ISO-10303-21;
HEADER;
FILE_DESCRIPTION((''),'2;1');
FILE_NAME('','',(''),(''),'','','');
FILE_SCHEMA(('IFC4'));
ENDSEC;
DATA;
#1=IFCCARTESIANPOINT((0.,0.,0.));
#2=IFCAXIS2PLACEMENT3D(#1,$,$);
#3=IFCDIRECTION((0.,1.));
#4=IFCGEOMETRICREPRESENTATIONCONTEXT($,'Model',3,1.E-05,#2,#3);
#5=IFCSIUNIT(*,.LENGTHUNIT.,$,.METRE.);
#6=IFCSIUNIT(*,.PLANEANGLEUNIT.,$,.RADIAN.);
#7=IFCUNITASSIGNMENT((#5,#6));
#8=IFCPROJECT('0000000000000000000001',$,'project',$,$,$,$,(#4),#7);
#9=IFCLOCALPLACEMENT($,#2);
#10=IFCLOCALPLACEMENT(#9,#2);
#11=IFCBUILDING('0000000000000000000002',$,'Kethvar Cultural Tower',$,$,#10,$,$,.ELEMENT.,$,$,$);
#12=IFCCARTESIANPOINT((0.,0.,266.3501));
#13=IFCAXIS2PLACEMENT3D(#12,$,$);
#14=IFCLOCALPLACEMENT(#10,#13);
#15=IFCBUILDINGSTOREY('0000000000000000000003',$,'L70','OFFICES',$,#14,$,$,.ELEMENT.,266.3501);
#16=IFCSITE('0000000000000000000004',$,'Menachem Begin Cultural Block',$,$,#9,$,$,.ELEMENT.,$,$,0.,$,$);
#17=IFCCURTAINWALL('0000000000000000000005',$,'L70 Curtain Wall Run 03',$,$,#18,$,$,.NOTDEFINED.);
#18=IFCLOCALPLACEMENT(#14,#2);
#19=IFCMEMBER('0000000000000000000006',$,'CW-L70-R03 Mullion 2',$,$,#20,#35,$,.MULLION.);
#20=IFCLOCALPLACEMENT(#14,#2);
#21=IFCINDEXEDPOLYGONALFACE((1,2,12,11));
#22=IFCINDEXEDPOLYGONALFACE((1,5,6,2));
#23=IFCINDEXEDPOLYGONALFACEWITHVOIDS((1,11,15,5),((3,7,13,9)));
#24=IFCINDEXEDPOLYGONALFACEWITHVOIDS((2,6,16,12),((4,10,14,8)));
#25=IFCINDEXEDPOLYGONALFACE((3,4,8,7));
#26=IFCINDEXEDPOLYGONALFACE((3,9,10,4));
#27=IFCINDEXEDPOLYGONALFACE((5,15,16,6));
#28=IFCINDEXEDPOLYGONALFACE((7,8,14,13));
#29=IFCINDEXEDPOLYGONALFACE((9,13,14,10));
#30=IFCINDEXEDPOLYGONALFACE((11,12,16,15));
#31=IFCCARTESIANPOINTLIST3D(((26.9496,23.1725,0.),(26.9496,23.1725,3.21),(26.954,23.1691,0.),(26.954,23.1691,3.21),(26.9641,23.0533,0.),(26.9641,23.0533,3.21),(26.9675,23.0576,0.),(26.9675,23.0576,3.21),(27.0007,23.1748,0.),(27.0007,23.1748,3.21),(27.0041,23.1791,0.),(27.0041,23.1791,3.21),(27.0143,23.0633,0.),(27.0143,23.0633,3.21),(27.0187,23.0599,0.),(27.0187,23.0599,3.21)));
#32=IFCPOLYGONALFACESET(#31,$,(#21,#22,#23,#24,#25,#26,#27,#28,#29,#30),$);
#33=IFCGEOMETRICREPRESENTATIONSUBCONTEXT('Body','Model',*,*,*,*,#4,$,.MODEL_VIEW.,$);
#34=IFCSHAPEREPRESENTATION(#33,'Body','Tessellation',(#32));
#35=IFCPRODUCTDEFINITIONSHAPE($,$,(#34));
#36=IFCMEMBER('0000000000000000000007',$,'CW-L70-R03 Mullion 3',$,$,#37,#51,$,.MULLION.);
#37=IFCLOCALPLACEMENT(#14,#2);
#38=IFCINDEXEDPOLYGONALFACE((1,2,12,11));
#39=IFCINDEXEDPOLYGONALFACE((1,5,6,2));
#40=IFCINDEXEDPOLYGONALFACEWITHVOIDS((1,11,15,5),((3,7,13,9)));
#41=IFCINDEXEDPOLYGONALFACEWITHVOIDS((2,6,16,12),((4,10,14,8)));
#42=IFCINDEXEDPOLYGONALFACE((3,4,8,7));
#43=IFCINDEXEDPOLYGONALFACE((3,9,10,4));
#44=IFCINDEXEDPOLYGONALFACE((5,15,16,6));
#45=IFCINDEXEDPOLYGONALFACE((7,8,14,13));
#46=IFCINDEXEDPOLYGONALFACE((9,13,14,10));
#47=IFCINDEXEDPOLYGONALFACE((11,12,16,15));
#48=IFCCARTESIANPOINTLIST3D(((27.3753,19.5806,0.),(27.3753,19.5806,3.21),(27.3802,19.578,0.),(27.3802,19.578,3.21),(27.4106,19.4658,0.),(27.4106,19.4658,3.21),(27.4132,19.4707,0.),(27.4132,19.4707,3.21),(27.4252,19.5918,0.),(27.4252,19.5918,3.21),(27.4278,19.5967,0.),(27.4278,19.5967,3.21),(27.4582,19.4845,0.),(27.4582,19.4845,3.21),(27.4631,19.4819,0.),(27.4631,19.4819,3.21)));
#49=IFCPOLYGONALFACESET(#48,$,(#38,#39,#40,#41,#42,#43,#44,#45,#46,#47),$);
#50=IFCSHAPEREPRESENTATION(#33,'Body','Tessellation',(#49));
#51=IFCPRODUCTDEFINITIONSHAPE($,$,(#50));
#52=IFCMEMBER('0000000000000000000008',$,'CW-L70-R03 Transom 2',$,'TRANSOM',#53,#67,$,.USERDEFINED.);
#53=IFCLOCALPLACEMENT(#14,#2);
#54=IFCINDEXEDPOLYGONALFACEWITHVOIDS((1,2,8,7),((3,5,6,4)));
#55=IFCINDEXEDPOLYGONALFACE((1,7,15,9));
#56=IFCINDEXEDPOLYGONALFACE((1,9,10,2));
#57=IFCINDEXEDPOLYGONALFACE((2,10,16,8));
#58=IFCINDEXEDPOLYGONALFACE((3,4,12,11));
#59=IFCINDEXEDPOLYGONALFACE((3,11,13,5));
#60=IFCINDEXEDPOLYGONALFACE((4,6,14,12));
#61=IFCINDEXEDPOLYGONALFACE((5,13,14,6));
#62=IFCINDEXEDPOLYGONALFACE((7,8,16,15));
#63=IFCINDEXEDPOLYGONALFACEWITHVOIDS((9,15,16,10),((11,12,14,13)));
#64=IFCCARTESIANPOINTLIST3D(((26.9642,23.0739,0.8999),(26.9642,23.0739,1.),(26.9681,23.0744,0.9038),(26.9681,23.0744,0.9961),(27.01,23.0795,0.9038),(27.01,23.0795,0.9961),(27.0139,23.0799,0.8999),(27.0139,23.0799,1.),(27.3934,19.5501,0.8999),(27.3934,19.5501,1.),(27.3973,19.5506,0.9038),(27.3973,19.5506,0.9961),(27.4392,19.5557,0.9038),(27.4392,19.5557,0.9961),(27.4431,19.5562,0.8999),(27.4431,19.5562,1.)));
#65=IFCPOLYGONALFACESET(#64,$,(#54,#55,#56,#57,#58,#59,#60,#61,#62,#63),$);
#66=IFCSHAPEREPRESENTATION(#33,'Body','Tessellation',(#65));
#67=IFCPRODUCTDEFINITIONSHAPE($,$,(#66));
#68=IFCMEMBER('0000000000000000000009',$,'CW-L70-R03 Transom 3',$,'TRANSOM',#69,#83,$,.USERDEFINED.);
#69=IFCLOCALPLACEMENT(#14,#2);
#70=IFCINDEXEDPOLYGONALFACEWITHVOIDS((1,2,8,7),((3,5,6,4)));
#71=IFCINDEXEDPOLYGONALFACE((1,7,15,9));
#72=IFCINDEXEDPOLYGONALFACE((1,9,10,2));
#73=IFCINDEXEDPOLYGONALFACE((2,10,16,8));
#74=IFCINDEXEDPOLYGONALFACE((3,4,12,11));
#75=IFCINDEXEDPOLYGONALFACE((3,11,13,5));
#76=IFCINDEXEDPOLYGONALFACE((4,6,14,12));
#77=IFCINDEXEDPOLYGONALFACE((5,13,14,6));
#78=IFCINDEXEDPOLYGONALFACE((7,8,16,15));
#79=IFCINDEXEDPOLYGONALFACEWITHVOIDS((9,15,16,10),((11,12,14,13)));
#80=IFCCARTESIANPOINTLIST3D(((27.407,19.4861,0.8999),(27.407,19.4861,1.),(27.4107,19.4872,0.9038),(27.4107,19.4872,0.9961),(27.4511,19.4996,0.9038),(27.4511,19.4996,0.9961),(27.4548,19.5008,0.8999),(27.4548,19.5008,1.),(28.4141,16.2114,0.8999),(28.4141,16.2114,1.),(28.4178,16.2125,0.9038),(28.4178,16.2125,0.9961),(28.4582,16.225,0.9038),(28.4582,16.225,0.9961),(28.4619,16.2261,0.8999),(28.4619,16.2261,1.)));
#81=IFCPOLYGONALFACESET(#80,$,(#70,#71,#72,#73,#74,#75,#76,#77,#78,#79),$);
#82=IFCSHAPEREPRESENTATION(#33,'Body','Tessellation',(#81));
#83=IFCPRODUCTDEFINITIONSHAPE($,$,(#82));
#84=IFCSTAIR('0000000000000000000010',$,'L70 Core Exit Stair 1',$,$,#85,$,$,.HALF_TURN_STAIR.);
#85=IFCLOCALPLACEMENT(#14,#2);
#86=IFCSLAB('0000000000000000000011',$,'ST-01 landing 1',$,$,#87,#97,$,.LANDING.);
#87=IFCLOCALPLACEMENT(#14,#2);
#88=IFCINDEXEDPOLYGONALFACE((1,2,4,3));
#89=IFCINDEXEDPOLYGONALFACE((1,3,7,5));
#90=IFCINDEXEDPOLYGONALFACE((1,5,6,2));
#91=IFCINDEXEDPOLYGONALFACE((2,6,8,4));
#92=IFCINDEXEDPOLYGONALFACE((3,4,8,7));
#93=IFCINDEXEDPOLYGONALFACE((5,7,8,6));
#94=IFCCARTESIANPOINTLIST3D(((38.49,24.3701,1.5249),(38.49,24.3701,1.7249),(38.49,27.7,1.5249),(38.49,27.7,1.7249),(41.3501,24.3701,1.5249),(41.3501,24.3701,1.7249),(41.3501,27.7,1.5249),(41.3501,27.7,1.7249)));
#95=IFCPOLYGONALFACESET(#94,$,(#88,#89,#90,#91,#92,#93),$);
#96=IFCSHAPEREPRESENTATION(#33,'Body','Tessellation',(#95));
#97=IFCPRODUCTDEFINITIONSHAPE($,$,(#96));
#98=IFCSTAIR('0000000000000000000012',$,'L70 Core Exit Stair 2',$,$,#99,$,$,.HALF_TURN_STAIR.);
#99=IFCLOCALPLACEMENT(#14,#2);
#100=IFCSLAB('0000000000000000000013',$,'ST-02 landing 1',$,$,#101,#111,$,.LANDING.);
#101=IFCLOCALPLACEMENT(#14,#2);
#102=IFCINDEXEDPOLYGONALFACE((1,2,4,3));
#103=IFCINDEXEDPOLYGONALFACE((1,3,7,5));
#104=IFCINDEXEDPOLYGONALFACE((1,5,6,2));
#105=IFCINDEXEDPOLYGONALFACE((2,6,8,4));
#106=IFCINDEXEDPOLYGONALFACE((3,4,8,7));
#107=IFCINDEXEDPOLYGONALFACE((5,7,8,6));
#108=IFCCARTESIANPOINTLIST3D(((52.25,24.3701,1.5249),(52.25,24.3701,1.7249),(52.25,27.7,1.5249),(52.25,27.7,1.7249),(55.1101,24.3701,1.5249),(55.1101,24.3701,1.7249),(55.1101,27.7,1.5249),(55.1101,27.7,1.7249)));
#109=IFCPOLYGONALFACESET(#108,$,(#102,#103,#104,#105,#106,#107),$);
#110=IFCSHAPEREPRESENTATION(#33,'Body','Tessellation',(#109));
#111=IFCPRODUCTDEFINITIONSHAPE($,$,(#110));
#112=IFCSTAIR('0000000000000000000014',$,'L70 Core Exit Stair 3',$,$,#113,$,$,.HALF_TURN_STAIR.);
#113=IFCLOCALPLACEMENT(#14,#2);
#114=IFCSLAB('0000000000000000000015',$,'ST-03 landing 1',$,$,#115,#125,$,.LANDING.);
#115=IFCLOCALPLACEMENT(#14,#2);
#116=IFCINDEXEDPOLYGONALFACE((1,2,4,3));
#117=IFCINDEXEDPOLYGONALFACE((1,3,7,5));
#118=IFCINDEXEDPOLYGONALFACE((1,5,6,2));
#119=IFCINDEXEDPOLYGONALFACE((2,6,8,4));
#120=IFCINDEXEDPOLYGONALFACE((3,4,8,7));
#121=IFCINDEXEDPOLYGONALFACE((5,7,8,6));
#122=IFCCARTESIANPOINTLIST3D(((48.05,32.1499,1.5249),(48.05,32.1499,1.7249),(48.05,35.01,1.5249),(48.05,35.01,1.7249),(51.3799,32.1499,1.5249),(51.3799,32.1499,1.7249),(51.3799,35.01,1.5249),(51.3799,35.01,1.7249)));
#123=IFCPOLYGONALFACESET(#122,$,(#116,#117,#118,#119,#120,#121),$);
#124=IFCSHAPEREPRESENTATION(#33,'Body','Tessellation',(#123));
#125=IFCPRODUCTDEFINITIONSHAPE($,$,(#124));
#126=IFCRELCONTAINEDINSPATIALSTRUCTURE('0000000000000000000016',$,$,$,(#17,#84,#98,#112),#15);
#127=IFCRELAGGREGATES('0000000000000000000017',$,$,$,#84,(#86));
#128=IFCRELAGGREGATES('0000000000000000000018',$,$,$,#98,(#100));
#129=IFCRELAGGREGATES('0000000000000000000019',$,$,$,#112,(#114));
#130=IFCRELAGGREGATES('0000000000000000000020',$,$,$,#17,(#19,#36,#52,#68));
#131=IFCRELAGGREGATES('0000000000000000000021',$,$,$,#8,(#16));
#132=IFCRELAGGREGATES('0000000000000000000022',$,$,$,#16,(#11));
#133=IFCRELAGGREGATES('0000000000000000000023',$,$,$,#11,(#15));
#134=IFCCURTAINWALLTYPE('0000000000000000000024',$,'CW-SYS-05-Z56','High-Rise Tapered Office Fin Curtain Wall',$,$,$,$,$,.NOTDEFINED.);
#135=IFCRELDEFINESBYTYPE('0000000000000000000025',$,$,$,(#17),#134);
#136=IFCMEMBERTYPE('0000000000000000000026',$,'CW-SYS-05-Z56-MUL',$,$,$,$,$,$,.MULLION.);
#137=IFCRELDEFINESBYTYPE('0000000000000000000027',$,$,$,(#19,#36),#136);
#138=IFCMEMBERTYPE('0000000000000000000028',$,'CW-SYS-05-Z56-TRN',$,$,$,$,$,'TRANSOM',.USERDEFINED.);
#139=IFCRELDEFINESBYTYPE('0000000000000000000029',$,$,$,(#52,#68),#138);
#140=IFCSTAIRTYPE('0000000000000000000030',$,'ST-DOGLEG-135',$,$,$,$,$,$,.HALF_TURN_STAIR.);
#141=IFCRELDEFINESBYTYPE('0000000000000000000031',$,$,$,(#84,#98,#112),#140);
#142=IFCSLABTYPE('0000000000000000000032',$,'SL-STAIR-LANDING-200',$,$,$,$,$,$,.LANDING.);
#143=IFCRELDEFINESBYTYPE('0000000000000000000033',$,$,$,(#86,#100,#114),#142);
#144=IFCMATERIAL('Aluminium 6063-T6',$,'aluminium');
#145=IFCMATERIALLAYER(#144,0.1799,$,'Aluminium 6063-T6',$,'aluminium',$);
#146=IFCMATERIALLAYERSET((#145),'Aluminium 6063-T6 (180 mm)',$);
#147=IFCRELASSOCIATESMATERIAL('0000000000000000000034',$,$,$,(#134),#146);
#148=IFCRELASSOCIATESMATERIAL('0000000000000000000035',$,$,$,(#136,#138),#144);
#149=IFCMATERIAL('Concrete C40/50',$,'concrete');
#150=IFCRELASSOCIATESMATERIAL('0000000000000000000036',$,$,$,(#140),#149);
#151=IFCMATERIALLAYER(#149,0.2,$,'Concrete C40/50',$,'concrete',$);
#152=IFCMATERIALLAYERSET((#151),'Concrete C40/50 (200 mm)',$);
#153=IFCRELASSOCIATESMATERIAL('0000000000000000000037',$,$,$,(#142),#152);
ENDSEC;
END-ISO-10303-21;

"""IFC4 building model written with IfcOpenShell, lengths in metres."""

from ifc_helpers import new_model, si_unit, direction, frame, origin, origin_2d, place, context, subcontext, project, spatial, polyline, hollow_rectangle, outline, extrude, source, transform, mapped, material, layer, layer_set, material_profile, profile_set, type_object, element, aggregate, save


model = new_model("IFC4")

# Units and contexts
model_context = context("Model", 3, precision=1e-05, world=origin(), true_north=direction((0.0, 1.0)))
body_context = subcontext(model_context, "Body", "Model", "MODEL_VIEW")
ifc_project = project(units=[si_unit("LENGTHUNIT", "METRE"), si_unit("PLANEANGLEUNIT", "RADIAN")], contexts=[model_context])

# Site, building, storey
site_placement = place(None, origin())
site = spatial("IfcSite", under=ifc_project, at=site_placement, Name="Menachem Begin Cultural Block", CompositionType="ELEMENT", RefElevation=0.0)
building_placement = place(site_placement, origin())
building = spatial("IfcBuilding", under=site, at=building_placement, Name="Kethvar Cultural Tower", CompositionType="ELEMENT")
storey_placement = place(building_placement, frame((0.0, 0.0, 266.3501)))
storey = spatial("IfcBuildingStorey", under=building, at=storey_placement, Name="L70", Description="OFFICES", CompositionType="ELEMENT", Elevation=266.3501)

# Curtain wall, members
ifc_material_1 = material(Name="Aluminium 6063-T6", Category="aluminium")
ifc_layer_1 = layer(ifc_material_1, 0.1799, Name="Aluminium 6063-T6", Category="aluminium")
ifc_layer_set_1 = layer_set([ifc_layer_1], Name="Aluminium 6063-T6 (180 mm)")
curtain_wall_type = type_object("IfcCurtainWallType", Name="CW-SYS-05-Z56", Description="High-Rise Tapered Office Fin Curtain Wall", PredefinedType="NOTDEFINED", material=ifc_layer_set_1)
curtain_wall_placement = place(storey_placement, origin())
curtain_wall = element("IfcCurtainWall", 1, at=curtain_wall_placement, inside=storey, type_object=curtain_wall_type, Name="L70 Curtain Wall Run 03", PredefinedType="NOTDEFINED")
ifc_material_profile_1 = material_profile(ifc_material_1, hollow_rectangle(XDim=0.0549, YDim=0.1201, WallThickness=0.0039, at=origin_2d()), Name="Aluminium 6063-T6 — RHS120x55x4")
ifc_profile_set_1 = profile_set([ifc_material_profile_1], Name="Aluminium 6063-T6 — RHS120x55x4")
member_type_1 = type_object("IfcMemberType", Name="CW-SYS-05-Z56-MUL", PredefinedType="MULLION", material=ifc_profile_set_1)
shared_shape_1 = source(origin(), body_context, "Body", "SweptSolid", [
    extrude(hollow_rectangle(XDim=0.0549, YDim=0.1201, WallThickness=0.0039, at=origin_2d()), origin(), (0.0, 0.0, 1.0), 3.21),
])
member_1_placement = place(storey_placement, frame((26.9841, 23.1162, 0.0), z_axis=(0.0, 0.0, 1.0), x_axis=(0.992667, 0.120882, 0.0)))
member_1 = element("IfcMember", 2, at=member_1_placement, type_object=member_type_1, Name="CW-L70-R03 Mullion 2", PredefinedType="MULLION", context=body_context, shape_type="MappedRepresentation", body=[
    mapped(shared_shape_1, transform((0.0, 0.0, 0.0), scale=1.0)),
])
member_2_placement = place(storey_placement, frame((27.4192, 19.5312, 0.0), z_axis=(0.0, 0.0, 1.0), x_axis=(0.955808, 0.29399, 0.0)))
member_2 = element("IfcMember", 3, at=member_2_placement, type_object=member_type_1, Name="CW-L70-R03 Mullion 3", PredefinedType="MULLION", context=body_context, shape_type="MappedRepresentation", body=[
    mapped(shared_shape_1, transform((0.0, 0.0, 0.0), scale=1.0)),
])
ifc_material_profile_2 = material_profile(ifc_material_1, hollow_rectangle(XDim=0.05, YDim=0.1001, WallThickness=0.0039, at=origin_2d()), Name="Aluminium 6063-T6 — RHS100x50x4")
ifc_profile_set_2 = profile_set([ifc_material_profile_2], Name="Aluminium 6063-T6 — RHS100x50x4")
member_type_2 = type_object("IfcMemberType", Name="CW-SYS-05-Z56-TRN", ElementType="TRANSOM", PredefinedType="USERDEFINED", material=ifc_profile_set_2)
shared_shape_2 = source(origin(), body_context, "Body", "SweptSolid", [
    extrude(hollow_rectangle(XDim=0.05, YDim=0.1001, WallThickness=0.0039, at=origin_2d()), origin(), (0.0, 0.0, 1.0), 3.5498),
])
member_3_placement = place(storey_placement, frame((26.989, 23.0769, 0.95), z_axis=(0.120911, -0.992663, 0.0), x_axis=(0.992663, 0.120911, 0.0)))
member_3 = element("IfcMember", 4, at=member_3_placement, type_object=member_type_2, Name="CW-L70-R03 Transom 2", ObjectType="TRANSOM", PredefinedType="USERDEFINED", context=body_context, shape_type="MappedRepresentation", body=[
    mapped(shared_shape_2, transform((0.0, 0.0, 0.0), scale=1.0)),
])
shared_shape_3 = source(origin(), body_context, "Body", "SweptSolid", [
    extrude(hollow_rectangle(XDim=0.05, YDim=0.1001, WallThickness=0.0039, at=origin_2d()), origin(), (0.0, 0.0, 1.0), 3.426),
])
member_4_placement = place(storey_placement, frame((27.4309, 19.4934, 0.95), z_axis=(0.293951, -0.955821, 0.0), x_axis=(0.955821, 0.293951, 0.0)))
member_4 = element("IfcMember", 5, at=member_4_placement, type_object=member_type_2, Name="CW-L70-R03 Transom 3", ObjectType="TRANSOM", PredefinedType="USERDEFINED", context=body_context, shape_type="MappedRepresentation", body=[
    mapped(shared_shape_3, transform((0.0, 0.0, 0.0), scale=1.0)),
])

# Stairs, slabs
ifc_material_2 = material(Name="Concrete C40/50", Category="concrete")
stair_type = type_object("IfcStairType", Name="ST-DOGLEG-135", PredefinedType="HALF_TURN_STAIR", material=ifc_material_2)
stair_1_placement = place(storey_placement, origin())
stair_1 = element("IfcStair", 6, at=stair_1_placement, inside=storey, type_object=stair_type, Name="L70 Core Exit Stair 1", PredefinedType="HALF_TURN_STAIR")
ifc_layer_2 = layer(ifc_material_2, 0.2, Name="Concrete C40/50", Category="concrete")
ifc_layer_set_2 = layer_set([ifc_layer_2], Name="Concrete C40/50 (200 mm)")
slab_type_1 = type_object("IfcSlabType", Name="SL-STAIR-LANDING-200", PredefinedType="LANDING", material=ifc_layer_set_2)
slab_1_placement = place(storey_placement, frame((0.0, 0.0, 1.5249)))
slab_1 = element("IfcSlab", 7, at=slab_1_placement, type_object=slab_type_1, Name="ST-01 landing 1", PredefinedType="LANDING", context=body_context, shape_type="SweptSolid", body=[
    extrude(outline(polyline([(41.3501, 24.3701), (41.3501, 27.7), (38.49, 27.7), (38.49, 24.3701), (41.3501, 24.3701)])), origin(), (0.0, 0.0, 1.0), 0.2),
])
aggregate(stair_1, [slab_1])
stair_2_placement = place(storey_placement, origin())
stair_2 = element("IfcStair", 8, at=stair_2_placement, inside=storey, type_object=stair_type, Name="L70 Core Exit Stair 2", PredefinedType="HALF_TURN_STAIR")
slab_2_placement = place(storey_placement, frame((0.0, 0.0, 1.5249)))
slab_2 = element("IfcSlab", 9, at=slab_2_placement, type_object=slab_type_1, Name="ST-02 landing 1", PredefinedType="LANDING", context=body_context, shape_type="SweptSolid", body=[
    extrude(outline(polyline([(55.1101, 24.3701), (55.1101, 27.7), (52.25, 27.7), (52.25, 24.3701), (55.1101, 24.3701)])), origin(), (0.0, 0.0, 1.0), 0.2),
])
aggregate(stair_2, [slab_2])
stair_3_placement = place(storey_placement, origin())
stair_3 = element("IfcStair", 10, at=stair_3_placement, inside=storey, type_object=stair_type, Name="L70 Core Exit Stair 3", PredefinedType="HALF_TURN_STAIR")
slab_3_placement = place(storey_placement, frame((0.0, 0.0, 1.5249)))
slab_3 = element("IfcSlab", 11, at=slab_3_placement, type_object=slab_type_1, Name="ST-03 landing 1", PredefinedType="LANDING", context=body_context, shape_type="SweptSolid", body=[
    extrude(outline(polyline([(51.3799, 35.01), (48.05, 35.01), (48.05, 32.1499), (51.3799, 32.1499), (51.3799, 35.01)])), origin(), (0.0, 0.0, 1.0), 0.2),
])
aggregate(stair_3, [slab_3])

aggregate(curtain_wall, [member_1, member_2, member_3, member_4])

save(model, "model.ifc")
